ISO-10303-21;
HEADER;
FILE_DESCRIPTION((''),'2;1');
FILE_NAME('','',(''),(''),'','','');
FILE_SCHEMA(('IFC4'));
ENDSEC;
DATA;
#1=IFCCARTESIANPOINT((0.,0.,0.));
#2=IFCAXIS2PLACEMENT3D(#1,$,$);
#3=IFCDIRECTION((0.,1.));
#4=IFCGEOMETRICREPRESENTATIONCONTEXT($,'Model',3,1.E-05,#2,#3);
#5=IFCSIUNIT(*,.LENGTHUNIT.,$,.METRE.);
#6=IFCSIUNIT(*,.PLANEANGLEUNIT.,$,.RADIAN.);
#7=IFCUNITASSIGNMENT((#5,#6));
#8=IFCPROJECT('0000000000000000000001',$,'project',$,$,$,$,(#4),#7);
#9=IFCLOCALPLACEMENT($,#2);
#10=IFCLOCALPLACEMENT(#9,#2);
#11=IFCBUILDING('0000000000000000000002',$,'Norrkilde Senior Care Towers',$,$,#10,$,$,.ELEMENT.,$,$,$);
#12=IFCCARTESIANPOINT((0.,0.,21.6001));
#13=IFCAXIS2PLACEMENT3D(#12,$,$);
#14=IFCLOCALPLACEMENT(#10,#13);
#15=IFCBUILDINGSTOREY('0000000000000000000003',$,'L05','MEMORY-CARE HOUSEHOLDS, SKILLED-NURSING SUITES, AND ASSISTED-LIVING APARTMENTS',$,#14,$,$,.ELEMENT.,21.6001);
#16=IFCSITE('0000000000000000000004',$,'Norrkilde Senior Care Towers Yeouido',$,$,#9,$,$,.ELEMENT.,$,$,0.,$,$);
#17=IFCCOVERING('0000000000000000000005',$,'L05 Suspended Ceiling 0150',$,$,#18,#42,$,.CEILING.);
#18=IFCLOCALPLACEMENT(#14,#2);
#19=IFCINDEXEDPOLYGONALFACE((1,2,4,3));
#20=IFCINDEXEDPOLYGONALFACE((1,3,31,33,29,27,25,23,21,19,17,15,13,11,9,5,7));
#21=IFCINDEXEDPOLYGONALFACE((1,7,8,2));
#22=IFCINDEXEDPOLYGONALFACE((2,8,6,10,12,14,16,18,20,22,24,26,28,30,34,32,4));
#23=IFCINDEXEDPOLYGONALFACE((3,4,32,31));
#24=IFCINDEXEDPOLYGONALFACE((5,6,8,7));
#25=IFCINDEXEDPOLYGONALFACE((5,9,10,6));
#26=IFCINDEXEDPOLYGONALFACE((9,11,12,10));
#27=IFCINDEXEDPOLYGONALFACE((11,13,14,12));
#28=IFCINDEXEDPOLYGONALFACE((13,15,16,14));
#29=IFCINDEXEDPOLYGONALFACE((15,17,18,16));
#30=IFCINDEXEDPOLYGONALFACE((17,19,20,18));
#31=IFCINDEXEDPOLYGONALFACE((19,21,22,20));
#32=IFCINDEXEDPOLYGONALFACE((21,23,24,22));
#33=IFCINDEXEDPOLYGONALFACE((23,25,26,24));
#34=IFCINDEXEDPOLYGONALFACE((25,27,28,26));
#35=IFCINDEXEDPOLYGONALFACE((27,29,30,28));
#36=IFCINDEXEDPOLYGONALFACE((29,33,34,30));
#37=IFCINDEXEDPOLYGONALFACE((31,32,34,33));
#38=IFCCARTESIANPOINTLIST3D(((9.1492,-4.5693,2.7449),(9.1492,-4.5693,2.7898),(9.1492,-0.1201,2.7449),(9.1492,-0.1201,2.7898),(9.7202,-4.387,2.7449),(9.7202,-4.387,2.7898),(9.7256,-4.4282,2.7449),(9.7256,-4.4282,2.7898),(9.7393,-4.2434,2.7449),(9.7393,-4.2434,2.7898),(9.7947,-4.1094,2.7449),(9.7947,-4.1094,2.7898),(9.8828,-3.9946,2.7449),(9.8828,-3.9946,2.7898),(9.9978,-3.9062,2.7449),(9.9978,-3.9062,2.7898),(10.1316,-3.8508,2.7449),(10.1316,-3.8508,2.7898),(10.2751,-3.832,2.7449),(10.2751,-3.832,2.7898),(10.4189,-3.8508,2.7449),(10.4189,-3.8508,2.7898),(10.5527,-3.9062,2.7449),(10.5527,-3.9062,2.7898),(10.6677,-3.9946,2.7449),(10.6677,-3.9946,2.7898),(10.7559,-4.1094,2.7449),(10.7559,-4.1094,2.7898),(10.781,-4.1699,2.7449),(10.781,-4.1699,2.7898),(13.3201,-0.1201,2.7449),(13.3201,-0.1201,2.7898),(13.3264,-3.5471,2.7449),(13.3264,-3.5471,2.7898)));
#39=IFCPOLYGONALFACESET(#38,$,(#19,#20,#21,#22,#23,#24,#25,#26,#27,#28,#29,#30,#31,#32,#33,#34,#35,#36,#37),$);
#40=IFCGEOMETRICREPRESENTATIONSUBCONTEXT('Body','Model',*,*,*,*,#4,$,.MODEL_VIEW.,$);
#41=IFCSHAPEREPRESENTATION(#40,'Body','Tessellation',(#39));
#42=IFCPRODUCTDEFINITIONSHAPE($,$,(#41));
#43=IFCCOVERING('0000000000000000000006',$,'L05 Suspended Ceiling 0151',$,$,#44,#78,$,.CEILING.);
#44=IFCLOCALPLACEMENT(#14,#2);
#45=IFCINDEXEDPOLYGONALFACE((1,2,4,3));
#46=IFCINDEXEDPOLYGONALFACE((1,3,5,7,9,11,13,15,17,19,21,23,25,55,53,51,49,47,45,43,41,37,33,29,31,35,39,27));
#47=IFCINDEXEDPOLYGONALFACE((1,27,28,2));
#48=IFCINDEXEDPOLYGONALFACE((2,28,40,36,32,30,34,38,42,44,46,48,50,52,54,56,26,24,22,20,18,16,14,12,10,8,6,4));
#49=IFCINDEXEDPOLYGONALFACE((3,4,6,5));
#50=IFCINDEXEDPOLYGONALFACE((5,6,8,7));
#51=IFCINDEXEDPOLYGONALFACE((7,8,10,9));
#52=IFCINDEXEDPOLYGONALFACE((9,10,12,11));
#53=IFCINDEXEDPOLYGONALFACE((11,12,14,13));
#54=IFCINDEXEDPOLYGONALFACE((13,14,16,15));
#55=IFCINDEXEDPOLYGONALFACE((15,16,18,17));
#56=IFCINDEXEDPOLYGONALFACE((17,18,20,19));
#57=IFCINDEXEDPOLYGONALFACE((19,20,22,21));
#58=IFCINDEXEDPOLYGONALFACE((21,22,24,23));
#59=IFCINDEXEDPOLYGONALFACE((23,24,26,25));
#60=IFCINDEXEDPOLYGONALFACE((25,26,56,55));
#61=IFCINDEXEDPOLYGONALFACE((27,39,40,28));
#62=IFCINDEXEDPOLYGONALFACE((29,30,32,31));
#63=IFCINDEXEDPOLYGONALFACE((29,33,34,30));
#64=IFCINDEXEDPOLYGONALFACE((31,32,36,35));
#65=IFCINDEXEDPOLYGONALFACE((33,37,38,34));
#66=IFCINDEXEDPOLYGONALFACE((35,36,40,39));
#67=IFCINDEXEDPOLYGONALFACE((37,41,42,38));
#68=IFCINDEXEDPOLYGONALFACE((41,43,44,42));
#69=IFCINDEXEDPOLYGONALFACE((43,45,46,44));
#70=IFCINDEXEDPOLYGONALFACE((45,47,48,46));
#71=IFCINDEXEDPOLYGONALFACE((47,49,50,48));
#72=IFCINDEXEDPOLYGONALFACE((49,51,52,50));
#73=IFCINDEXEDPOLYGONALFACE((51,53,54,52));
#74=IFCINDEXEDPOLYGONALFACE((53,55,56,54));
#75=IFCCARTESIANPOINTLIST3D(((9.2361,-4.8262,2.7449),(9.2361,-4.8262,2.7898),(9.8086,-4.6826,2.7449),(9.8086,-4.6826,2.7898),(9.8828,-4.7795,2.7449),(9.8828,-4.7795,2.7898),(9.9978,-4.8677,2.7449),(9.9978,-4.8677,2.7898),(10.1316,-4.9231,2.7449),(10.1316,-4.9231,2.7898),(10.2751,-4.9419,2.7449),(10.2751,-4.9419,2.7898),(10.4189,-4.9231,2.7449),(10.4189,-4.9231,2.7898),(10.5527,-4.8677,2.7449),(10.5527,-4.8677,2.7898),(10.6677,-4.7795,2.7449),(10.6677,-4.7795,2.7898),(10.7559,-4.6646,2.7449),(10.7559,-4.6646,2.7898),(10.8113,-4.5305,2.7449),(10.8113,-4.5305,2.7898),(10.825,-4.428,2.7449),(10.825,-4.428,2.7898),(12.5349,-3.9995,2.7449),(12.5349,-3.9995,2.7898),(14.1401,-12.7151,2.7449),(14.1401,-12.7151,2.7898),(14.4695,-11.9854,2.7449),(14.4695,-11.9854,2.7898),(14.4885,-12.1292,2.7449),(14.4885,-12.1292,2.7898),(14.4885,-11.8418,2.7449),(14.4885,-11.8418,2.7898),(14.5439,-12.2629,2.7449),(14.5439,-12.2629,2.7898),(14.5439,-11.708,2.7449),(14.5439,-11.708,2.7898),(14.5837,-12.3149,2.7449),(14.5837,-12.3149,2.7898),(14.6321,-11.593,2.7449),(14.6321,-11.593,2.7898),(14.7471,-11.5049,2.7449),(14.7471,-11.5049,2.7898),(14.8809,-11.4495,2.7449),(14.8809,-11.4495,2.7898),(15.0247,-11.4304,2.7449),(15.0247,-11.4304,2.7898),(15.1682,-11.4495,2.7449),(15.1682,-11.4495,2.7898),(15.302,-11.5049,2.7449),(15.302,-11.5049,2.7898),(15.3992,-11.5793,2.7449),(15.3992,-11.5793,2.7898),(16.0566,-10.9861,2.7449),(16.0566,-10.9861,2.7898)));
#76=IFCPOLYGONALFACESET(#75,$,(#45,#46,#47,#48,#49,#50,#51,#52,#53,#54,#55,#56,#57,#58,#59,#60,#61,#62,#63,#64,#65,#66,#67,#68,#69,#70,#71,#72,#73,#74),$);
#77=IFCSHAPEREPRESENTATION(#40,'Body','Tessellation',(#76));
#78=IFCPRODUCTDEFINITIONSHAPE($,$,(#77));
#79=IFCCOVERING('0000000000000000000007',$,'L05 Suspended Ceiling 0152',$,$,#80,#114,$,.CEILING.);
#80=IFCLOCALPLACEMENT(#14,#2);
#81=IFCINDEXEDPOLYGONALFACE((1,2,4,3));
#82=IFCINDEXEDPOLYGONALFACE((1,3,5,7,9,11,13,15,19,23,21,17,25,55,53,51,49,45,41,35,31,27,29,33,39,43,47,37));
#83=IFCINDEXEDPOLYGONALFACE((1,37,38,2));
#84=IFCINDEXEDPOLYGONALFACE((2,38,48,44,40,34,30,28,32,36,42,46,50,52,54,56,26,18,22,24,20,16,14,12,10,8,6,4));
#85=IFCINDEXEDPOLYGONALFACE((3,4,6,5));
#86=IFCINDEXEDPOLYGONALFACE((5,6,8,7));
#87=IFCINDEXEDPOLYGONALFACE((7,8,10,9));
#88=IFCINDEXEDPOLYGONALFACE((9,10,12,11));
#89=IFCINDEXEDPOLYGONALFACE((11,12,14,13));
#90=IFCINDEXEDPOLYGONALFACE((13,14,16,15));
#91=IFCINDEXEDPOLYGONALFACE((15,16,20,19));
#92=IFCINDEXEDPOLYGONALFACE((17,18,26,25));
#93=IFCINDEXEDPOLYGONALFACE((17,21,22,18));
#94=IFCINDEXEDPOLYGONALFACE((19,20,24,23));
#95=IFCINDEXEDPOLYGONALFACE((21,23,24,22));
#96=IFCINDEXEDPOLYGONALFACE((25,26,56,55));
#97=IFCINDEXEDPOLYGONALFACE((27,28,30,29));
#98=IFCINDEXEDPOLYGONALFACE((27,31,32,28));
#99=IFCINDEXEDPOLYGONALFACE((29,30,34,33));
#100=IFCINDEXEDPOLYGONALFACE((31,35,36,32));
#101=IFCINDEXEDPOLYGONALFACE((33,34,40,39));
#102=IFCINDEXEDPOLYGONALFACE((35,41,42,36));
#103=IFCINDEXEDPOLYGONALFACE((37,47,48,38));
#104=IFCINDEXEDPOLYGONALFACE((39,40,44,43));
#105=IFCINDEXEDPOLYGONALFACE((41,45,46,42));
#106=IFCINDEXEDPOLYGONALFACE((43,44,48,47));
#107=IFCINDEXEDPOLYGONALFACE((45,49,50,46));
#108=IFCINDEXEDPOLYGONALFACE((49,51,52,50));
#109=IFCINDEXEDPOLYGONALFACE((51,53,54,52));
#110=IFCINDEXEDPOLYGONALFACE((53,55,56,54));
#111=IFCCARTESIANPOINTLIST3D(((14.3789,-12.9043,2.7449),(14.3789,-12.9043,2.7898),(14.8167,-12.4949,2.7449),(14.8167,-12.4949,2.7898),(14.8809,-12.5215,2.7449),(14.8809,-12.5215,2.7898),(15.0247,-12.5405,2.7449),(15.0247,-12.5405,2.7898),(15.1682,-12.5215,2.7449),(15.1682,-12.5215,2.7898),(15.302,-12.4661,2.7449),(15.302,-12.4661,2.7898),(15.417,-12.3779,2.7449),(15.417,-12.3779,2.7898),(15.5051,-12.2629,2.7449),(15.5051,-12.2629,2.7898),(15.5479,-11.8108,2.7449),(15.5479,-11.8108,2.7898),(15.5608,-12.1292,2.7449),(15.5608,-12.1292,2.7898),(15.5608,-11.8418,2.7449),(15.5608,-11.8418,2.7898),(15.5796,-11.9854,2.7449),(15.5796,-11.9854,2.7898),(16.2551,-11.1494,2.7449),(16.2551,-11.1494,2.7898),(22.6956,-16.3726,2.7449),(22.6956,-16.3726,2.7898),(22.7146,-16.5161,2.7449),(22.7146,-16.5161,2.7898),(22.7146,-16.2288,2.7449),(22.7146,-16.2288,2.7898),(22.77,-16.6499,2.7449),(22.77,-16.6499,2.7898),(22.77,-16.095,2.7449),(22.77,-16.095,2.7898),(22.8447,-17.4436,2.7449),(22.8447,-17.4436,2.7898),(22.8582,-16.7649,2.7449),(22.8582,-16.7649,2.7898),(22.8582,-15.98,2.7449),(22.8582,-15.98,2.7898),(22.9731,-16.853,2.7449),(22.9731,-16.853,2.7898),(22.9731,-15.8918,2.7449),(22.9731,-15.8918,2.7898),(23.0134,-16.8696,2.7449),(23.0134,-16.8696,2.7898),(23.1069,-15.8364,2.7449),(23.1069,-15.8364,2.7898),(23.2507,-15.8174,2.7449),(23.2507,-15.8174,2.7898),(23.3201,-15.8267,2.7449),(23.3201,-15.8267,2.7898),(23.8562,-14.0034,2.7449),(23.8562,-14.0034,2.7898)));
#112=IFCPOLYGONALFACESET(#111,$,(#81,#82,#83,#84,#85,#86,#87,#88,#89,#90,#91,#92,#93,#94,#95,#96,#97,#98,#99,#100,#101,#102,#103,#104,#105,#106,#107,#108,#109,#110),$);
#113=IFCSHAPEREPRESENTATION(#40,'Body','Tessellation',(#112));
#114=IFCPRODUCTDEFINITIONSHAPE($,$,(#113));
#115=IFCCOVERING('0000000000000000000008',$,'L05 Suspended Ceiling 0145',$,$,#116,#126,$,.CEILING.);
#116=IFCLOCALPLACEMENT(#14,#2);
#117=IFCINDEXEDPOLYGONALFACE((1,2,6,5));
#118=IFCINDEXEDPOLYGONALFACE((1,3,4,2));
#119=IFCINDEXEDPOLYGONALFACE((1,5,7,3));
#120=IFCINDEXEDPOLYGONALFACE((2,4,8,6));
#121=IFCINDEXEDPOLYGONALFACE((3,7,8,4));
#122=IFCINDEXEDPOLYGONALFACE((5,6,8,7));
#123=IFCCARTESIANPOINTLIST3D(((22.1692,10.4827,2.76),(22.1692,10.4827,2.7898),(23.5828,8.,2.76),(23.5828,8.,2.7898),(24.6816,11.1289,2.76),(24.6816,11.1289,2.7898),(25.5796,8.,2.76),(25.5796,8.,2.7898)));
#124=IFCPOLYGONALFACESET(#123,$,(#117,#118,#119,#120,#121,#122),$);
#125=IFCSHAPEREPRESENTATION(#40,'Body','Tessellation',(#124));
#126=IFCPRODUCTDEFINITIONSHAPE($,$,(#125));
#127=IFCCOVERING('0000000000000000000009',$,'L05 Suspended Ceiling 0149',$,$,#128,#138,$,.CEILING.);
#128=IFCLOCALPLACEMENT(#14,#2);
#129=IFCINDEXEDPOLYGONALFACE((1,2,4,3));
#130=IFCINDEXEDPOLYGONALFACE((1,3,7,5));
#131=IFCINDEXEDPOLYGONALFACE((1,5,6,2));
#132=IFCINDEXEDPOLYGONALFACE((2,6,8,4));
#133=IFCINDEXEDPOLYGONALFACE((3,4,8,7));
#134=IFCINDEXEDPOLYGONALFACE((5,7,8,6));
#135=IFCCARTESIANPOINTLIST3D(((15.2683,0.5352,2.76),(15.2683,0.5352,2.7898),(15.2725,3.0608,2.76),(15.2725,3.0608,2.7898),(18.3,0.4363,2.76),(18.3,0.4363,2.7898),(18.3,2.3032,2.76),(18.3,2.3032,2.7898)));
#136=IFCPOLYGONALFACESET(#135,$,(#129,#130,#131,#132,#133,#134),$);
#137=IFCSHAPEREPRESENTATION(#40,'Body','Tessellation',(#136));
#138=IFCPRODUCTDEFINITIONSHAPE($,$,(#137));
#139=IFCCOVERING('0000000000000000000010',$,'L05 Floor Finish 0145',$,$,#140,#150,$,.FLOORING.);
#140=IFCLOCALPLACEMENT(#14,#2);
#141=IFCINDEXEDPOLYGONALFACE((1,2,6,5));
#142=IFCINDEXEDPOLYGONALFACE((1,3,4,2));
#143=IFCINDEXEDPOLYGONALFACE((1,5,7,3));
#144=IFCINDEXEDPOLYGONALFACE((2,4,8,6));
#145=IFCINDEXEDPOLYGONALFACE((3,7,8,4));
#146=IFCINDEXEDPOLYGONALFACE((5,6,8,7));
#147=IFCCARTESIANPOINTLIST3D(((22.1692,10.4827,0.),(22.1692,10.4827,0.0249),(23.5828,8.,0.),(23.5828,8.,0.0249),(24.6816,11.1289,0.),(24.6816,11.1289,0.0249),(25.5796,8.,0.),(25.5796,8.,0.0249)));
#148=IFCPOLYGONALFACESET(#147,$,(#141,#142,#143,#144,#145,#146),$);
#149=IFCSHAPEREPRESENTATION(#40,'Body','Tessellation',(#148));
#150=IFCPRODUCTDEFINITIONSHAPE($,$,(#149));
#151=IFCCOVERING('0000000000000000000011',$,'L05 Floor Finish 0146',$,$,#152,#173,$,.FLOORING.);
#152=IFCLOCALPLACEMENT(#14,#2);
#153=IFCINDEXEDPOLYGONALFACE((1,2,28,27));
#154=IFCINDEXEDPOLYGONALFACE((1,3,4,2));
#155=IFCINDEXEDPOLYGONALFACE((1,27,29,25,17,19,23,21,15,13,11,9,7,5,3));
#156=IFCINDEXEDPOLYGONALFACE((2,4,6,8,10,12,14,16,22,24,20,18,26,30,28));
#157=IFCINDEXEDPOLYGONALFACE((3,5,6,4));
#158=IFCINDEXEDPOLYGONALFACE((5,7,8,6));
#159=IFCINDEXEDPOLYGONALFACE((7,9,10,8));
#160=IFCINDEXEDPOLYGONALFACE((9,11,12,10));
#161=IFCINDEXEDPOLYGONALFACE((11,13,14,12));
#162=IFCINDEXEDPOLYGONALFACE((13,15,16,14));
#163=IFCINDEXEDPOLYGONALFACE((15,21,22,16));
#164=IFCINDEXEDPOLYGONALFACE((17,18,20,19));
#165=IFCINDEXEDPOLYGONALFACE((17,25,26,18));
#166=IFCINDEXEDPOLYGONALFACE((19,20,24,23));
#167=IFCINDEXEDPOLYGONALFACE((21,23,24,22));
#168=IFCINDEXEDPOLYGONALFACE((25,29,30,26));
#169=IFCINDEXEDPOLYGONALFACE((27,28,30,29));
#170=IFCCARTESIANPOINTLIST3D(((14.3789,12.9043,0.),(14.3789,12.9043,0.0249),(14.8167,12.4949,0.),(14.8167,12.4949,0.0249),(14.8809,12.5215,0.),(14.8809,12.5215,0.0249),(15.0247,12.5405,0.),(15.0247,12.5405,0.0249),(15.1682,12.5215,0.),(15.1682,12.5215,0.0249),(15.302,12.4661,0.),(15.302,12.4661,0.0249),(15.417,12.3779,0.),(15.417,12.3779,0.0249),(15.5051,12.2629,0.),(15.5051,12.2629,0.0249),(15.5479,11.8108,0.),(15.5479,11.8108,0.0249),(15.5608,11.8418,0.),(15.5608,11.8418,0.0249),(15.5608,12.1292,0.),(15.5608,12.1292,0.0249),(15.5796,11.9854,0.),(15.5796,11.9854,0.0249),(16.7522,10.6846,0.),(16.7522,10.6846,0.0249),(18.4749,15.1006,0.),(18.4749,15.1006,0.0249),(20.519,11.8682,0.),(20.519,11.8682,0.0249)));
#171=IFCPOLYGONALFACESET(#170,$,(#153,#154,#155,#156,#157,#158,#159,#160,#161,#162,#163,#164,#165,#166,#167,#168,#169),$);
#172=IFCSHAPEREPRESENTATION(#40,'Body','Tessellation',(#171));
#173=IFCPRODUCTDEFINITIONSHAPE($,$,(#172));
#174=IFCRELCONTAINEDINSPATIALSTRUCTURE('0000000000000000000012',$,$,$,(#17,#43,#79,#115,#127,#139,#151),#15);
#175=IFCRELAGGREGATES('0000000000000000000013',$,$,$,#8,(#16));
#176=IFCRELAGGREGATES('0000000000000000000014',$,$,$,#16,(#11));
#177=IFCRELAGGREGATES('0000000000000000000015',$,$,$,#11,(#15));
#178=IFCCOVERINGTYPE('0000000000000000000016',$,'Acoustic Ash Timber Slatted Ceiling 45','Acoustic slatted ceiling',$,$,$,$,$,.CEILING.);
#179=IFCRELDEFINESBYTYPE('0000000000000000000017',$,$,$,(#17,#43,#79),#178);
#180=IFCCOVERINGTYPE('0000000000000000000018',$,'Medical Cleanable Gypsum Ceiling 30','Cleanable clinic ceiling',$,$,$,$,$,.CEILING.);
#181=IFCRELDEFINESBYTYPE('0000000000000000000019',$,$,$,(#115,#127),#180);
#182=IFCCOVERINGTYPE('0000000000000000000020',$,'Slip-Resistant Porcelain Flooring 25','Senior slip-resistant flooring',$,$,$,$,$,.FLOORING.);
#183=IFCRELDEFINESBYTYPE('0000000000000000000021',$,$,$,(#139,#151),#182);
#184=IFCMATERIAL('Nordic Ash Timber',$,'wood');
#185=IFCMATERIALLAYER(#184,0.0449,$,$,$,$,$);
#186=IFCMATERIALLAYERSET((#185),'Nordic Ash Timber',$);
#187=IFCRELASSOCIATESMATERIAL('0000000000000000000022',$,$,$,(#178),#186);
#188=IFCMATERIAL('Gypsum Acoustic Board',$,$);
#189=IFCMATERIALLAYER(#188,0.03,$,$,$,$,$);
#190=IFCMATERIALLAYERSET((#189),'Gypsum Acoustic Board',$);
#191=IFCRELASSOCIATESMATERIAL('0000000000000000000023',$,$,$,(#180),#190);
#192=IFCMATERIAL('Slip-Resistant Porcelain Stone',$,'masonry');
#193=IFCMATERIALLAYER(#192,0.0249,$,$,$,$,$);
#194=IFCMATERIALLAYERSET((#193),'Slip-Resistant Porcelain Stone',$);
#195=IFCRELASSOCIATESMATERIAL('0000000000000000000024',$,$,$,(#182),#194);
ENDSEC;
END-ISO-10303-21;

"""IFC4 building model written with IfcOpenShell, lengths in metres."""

from ifc_helpers import new_model, si_unit, direction, frame, origin, place, context, subcontext, project, spatial, polyline, outline, extrude, material, layer, layer_set, type_object, element, save


model = new_model("IFC4")

# Units and contexts
model_context = context("Model", 3, precision=1e-05, world=origin(), true_north=direction((0.0, 1.0)))
body_context = subcontext(model_context, "Body", "Model", "MODEL_VIEW")
ifc_project = project(units=[si_unit("LENGTHUNIT", "METRE"), si_unit("PLANEANGLEUNIT", "RADIAN")], contexts=[model_context])

# Site, building, storey
site_placement = place(None, origin())
site = spatial("IfcSite", under=ifc_project, at=site_placement, Name="Norrkilde Senior Care Towers Yeouido", CompositionType="ELEMENT", RefElevation=0.0)
building_placement = place(site_placement, origin())
building = spatial("IfcBuilding", under=site, at=building_placement, Name="Norrkilde Senior Care Towers", CompositionType="ELEMENT")
storey_placement = place(building_placement, frame((0.0, 0.0, 21.6001)))
storey = spatial("IfcBuildingStorey", under=building, at=storey_placement, Name="L05", Description="MEMORY-CARE HOUSEHOLDS, SKILLED-NURSING SUITES, AND ASSISTED-LIVING APARTMENTS", CompositionType="ELEMENT", Elevation=21.6001)

# Shared definitions
ifc_material_1 = material(Name="Gypsum Acoustic Board")
ifc_material_2 = material(Name="Nordic Ash Timber", Category="wood")

# Coverings
ifc_layer_1 = layer(ifc_material_2, 0.0449)
ifc_layer_set_1 = layer_set([ifc_layer_1], Name="Nordic Ash Timber")
covering_type_1 = type_object("IfcCoveringType", Name="Acoustic Ash Timber Slatted Ceiling 45", Description="Acoustic slatted ceiling", PredefinedType="CEILING", material=ifc_layer_set_1)
covering_1_placement = place(storey_placement, frame((0.0, 0.0, 2.7449)))
element("IfcCovering", 1, at=covering_1_placement, inside=storey, type_object=covering_type_1, Name="L05 Suspended Ceiling 0150", PredefinedType="CEILING", context=body_context, shape_type="SweptSolid", body=[
    extrude(outline(polyline([(13.3201, -0.1201), (13.3264, -3.5471), (10.781, -4.1699), (10.7559, -4.1094), (10.6677, -3.9946), (10.5527, -3.9062), (10.4189, -3.8508), (10.2751, -3.832), (10.1316, -3.8508), (9.9978, -3.9062), (9.8828, -3.9946), (9.7947, -4.1094), (9.7393, -4.2434), (9.7202, -4.387), (9.7256, -4.4282), (9.1492, -4.5693), (9.1492, -0.1201), (13.3201, -0.1201)])), origin(), (0.0, 0.0, 1.0), 0.0449),
])
covering_2_placement = place(storey_placement, frame((0.0, 0.0, 2.7449)))
element("IfcCovering", 2, at=covering_2_placement, inside=storey, type_object=covering_type_1, Name="L05 Suspended Ceiling 0151", PredefinedType="CEILING", context=body_context, shape_type="SweptSolid", body=[
    extrude(outline(polyline([(9.8828, -4.7795), (9.9978, -4.8677), (10.1316, -4.9231), (10.2751, -4.9419), (10.4189, -4.9231), (10.5527, -4.8677), (10.6677, -4.7795), (10.7559, -4.6646), (10.8113, -4.5305), (10.825, -4.428), (12.5349, -3.9995), (16.0566, -10.9861), (15.3992, -11.5793), (15.302, -11.5049), (15.1682, -11.4495), (15.0247, -11.4304), (14.8809, -11.4495), (14.7471, -11.5049), (14.6321, -11.593), (14.5439, -11.708), (14.4885, -11.8418), (14.4695, -11.9854), (14.4885, -12.1292), (14.5439, -12.2629), (14.5837, -12.3149), (14.1401, -12.7151), (9.2361, -4.8262), (9.8086, -4.6826), (9.8828, -4.7795)])), origin(), (0.0, 0.0, 1.0), 0.0449),
])
covering_3_placement = place(storey_placement, frame((0.0, 0.0, 2.7449)))
element("IfcCovering", 3, at=covering_3_placement, inside=storey, type_object=covering_type_1, Name="L05 Suspended Ceiling 0152", PredefinedType="CEILING", context=body_context, shape_type="SweptSolid", body=[
    extrude(outline(polyline([(14.8809, -12.5215), (15.0247, -12.5405), (15.1682, -12.5215), (15.302, -12.4661), (15.417, -12.3779), (15.5051, -12.2629), (15.5608, -12.1292), (15.5796, -11.9854), (15.5608, -11.8418), (15.5479, -11.8108), (16.2551, -11.1494), (23.8562, -14.0034), (23.3201, -15.8267), (23.2507, -15.8174), (23.1069, -15.8364), (22.9731, -15.8918), (22.8582, -15.98), (22.77, -16.095), (22.7146, -16.2288), (22.6956, -16.3726), (22.7146, -16.5161), (22.77, -16.6499), (22.8582, -16.7649), (22.9731, -16.853), (23.0134, -16.8696), (22.8447, -17.4436), (14.3789, -12.9043), (14.8167, -12.4949), (14.8809, -12.5215)])), origin(), (0.0, 0.0, 1.0), 0.0449),
])
ifc_layer_2 = layer(ifc_material_1, 0.03)
ifc_layer_set_2 = layer_set([ifc_layer_2], Name="Gypsum Acoustic Board")
covering_type_2 = type_object("IfcCoveringType", Name="Medical Cleanable Gypsum Ceiling 30", Description="Cleanable clinic ceiling", PredefinedType="CEILING", material=ifc_layer_set_2)
covering_4_placement = place(storey_placement, frame((0.0, 0.0, 2.76)))
element("IfcCovering", 4, at=covering_4_placement, inside=storey, type_object=covering_type_2, Name="L05 Suspended Ceiling 0145", PredefinedType="CEILING", context=body_context, shape_type="SweptSolid", body=[
    extrude(outline(polyline([(24.6816, 11.1289), (25.5796, 8.0), (23.5828, 8.0), (22.1692, 10.4827), (24.6816, 11.1289)])), origin(), (0.0, 0.0, 1.0), 0.0298),
])
covering_5_placement = place(storey_placement, frame((0.0, 0.0, 2.76)))
element("IfcCovering", 5, at=covering_5_placement, inside=storey, type_object=covering_type_2, Name="L05 Suspended Ceiling 0149", PredefinedType="CEILING", context=body_context, shape_type="SweptSolid", body=[
    extrude(outline(polyline([(15.2725, 3.0608), (18.3, 2.3032), (18.3, 0.4363), (15.2683, 0.5352), (15.2725, 3.0608)])), origin(), (0.0, 0.0, 1.0), 0.0298),
])
ifc_material_3 = material(Name="Slip-Resistant Porcelain Stone", Category="masonry")
ifc_layer_3 = layer(ifc_material_3, 0.0249)
ifc_layer_set_3 = layer_set([ifc_layer_3], Name="Slip-Resistant Porcelain Stone")
covering_type_3 = type_object("IfcCoveringType", Name="Slip-Resistant Porcelain Flooring 25", Description="Senior slip-resistant flooring", PredefinedType="FLOORING", material=ifc_layer_set_3)
covering_6_placement = place(storey_placement, origin())
element("IfcCovering", 6, at=covering_6_placement, inside=storey, type_object=covering_type_3, Name="L05 Floor Finish 0145", PredefinedType="FLOORING", context=body_context, shape_type="SweptSolid", body=[
    extrude(outline(polyline([(24.6816, 11.1289), (25.5796, 8.0), (23.5828, 8.0), (22.1692, 10.4827), (24.6816, 11.1289)])), origin(), (0.0, 0.0, 1.0), 0.0249),
])
covering_7_placement = place(storey_placement, origin())
element("IfcCovering", 7, at=covering_7_placement, inside=storey, type_object=covering_type_3, Name="L05 Floor Finish 0146", PredefinedType="FLOORING", context=body_context, shape_type="SweptSolid", body=[
    extrude(outline(polyline([(15.5479, 11.8108), (15.5608, 11.8418), (15.5796, 11.9854), (15.5608, 12.1292), (15.5051, 12.2629), (15.417, 12.3779), (15.302, 12.4661), (15.1682, 12.5215), (15.0247, 12.5405), (14.8809, 12.5215), (14.8167, 12.4949), (14.3789, 12.9043), (18.4749, 15.1006), (20.519, 11.8682), (16.7522, 10.6846), (15.5479, 11.8108)])), origin(), (0.0, 0.0, 1.0), 0.0249),
])

save(model, "model.ifc")
